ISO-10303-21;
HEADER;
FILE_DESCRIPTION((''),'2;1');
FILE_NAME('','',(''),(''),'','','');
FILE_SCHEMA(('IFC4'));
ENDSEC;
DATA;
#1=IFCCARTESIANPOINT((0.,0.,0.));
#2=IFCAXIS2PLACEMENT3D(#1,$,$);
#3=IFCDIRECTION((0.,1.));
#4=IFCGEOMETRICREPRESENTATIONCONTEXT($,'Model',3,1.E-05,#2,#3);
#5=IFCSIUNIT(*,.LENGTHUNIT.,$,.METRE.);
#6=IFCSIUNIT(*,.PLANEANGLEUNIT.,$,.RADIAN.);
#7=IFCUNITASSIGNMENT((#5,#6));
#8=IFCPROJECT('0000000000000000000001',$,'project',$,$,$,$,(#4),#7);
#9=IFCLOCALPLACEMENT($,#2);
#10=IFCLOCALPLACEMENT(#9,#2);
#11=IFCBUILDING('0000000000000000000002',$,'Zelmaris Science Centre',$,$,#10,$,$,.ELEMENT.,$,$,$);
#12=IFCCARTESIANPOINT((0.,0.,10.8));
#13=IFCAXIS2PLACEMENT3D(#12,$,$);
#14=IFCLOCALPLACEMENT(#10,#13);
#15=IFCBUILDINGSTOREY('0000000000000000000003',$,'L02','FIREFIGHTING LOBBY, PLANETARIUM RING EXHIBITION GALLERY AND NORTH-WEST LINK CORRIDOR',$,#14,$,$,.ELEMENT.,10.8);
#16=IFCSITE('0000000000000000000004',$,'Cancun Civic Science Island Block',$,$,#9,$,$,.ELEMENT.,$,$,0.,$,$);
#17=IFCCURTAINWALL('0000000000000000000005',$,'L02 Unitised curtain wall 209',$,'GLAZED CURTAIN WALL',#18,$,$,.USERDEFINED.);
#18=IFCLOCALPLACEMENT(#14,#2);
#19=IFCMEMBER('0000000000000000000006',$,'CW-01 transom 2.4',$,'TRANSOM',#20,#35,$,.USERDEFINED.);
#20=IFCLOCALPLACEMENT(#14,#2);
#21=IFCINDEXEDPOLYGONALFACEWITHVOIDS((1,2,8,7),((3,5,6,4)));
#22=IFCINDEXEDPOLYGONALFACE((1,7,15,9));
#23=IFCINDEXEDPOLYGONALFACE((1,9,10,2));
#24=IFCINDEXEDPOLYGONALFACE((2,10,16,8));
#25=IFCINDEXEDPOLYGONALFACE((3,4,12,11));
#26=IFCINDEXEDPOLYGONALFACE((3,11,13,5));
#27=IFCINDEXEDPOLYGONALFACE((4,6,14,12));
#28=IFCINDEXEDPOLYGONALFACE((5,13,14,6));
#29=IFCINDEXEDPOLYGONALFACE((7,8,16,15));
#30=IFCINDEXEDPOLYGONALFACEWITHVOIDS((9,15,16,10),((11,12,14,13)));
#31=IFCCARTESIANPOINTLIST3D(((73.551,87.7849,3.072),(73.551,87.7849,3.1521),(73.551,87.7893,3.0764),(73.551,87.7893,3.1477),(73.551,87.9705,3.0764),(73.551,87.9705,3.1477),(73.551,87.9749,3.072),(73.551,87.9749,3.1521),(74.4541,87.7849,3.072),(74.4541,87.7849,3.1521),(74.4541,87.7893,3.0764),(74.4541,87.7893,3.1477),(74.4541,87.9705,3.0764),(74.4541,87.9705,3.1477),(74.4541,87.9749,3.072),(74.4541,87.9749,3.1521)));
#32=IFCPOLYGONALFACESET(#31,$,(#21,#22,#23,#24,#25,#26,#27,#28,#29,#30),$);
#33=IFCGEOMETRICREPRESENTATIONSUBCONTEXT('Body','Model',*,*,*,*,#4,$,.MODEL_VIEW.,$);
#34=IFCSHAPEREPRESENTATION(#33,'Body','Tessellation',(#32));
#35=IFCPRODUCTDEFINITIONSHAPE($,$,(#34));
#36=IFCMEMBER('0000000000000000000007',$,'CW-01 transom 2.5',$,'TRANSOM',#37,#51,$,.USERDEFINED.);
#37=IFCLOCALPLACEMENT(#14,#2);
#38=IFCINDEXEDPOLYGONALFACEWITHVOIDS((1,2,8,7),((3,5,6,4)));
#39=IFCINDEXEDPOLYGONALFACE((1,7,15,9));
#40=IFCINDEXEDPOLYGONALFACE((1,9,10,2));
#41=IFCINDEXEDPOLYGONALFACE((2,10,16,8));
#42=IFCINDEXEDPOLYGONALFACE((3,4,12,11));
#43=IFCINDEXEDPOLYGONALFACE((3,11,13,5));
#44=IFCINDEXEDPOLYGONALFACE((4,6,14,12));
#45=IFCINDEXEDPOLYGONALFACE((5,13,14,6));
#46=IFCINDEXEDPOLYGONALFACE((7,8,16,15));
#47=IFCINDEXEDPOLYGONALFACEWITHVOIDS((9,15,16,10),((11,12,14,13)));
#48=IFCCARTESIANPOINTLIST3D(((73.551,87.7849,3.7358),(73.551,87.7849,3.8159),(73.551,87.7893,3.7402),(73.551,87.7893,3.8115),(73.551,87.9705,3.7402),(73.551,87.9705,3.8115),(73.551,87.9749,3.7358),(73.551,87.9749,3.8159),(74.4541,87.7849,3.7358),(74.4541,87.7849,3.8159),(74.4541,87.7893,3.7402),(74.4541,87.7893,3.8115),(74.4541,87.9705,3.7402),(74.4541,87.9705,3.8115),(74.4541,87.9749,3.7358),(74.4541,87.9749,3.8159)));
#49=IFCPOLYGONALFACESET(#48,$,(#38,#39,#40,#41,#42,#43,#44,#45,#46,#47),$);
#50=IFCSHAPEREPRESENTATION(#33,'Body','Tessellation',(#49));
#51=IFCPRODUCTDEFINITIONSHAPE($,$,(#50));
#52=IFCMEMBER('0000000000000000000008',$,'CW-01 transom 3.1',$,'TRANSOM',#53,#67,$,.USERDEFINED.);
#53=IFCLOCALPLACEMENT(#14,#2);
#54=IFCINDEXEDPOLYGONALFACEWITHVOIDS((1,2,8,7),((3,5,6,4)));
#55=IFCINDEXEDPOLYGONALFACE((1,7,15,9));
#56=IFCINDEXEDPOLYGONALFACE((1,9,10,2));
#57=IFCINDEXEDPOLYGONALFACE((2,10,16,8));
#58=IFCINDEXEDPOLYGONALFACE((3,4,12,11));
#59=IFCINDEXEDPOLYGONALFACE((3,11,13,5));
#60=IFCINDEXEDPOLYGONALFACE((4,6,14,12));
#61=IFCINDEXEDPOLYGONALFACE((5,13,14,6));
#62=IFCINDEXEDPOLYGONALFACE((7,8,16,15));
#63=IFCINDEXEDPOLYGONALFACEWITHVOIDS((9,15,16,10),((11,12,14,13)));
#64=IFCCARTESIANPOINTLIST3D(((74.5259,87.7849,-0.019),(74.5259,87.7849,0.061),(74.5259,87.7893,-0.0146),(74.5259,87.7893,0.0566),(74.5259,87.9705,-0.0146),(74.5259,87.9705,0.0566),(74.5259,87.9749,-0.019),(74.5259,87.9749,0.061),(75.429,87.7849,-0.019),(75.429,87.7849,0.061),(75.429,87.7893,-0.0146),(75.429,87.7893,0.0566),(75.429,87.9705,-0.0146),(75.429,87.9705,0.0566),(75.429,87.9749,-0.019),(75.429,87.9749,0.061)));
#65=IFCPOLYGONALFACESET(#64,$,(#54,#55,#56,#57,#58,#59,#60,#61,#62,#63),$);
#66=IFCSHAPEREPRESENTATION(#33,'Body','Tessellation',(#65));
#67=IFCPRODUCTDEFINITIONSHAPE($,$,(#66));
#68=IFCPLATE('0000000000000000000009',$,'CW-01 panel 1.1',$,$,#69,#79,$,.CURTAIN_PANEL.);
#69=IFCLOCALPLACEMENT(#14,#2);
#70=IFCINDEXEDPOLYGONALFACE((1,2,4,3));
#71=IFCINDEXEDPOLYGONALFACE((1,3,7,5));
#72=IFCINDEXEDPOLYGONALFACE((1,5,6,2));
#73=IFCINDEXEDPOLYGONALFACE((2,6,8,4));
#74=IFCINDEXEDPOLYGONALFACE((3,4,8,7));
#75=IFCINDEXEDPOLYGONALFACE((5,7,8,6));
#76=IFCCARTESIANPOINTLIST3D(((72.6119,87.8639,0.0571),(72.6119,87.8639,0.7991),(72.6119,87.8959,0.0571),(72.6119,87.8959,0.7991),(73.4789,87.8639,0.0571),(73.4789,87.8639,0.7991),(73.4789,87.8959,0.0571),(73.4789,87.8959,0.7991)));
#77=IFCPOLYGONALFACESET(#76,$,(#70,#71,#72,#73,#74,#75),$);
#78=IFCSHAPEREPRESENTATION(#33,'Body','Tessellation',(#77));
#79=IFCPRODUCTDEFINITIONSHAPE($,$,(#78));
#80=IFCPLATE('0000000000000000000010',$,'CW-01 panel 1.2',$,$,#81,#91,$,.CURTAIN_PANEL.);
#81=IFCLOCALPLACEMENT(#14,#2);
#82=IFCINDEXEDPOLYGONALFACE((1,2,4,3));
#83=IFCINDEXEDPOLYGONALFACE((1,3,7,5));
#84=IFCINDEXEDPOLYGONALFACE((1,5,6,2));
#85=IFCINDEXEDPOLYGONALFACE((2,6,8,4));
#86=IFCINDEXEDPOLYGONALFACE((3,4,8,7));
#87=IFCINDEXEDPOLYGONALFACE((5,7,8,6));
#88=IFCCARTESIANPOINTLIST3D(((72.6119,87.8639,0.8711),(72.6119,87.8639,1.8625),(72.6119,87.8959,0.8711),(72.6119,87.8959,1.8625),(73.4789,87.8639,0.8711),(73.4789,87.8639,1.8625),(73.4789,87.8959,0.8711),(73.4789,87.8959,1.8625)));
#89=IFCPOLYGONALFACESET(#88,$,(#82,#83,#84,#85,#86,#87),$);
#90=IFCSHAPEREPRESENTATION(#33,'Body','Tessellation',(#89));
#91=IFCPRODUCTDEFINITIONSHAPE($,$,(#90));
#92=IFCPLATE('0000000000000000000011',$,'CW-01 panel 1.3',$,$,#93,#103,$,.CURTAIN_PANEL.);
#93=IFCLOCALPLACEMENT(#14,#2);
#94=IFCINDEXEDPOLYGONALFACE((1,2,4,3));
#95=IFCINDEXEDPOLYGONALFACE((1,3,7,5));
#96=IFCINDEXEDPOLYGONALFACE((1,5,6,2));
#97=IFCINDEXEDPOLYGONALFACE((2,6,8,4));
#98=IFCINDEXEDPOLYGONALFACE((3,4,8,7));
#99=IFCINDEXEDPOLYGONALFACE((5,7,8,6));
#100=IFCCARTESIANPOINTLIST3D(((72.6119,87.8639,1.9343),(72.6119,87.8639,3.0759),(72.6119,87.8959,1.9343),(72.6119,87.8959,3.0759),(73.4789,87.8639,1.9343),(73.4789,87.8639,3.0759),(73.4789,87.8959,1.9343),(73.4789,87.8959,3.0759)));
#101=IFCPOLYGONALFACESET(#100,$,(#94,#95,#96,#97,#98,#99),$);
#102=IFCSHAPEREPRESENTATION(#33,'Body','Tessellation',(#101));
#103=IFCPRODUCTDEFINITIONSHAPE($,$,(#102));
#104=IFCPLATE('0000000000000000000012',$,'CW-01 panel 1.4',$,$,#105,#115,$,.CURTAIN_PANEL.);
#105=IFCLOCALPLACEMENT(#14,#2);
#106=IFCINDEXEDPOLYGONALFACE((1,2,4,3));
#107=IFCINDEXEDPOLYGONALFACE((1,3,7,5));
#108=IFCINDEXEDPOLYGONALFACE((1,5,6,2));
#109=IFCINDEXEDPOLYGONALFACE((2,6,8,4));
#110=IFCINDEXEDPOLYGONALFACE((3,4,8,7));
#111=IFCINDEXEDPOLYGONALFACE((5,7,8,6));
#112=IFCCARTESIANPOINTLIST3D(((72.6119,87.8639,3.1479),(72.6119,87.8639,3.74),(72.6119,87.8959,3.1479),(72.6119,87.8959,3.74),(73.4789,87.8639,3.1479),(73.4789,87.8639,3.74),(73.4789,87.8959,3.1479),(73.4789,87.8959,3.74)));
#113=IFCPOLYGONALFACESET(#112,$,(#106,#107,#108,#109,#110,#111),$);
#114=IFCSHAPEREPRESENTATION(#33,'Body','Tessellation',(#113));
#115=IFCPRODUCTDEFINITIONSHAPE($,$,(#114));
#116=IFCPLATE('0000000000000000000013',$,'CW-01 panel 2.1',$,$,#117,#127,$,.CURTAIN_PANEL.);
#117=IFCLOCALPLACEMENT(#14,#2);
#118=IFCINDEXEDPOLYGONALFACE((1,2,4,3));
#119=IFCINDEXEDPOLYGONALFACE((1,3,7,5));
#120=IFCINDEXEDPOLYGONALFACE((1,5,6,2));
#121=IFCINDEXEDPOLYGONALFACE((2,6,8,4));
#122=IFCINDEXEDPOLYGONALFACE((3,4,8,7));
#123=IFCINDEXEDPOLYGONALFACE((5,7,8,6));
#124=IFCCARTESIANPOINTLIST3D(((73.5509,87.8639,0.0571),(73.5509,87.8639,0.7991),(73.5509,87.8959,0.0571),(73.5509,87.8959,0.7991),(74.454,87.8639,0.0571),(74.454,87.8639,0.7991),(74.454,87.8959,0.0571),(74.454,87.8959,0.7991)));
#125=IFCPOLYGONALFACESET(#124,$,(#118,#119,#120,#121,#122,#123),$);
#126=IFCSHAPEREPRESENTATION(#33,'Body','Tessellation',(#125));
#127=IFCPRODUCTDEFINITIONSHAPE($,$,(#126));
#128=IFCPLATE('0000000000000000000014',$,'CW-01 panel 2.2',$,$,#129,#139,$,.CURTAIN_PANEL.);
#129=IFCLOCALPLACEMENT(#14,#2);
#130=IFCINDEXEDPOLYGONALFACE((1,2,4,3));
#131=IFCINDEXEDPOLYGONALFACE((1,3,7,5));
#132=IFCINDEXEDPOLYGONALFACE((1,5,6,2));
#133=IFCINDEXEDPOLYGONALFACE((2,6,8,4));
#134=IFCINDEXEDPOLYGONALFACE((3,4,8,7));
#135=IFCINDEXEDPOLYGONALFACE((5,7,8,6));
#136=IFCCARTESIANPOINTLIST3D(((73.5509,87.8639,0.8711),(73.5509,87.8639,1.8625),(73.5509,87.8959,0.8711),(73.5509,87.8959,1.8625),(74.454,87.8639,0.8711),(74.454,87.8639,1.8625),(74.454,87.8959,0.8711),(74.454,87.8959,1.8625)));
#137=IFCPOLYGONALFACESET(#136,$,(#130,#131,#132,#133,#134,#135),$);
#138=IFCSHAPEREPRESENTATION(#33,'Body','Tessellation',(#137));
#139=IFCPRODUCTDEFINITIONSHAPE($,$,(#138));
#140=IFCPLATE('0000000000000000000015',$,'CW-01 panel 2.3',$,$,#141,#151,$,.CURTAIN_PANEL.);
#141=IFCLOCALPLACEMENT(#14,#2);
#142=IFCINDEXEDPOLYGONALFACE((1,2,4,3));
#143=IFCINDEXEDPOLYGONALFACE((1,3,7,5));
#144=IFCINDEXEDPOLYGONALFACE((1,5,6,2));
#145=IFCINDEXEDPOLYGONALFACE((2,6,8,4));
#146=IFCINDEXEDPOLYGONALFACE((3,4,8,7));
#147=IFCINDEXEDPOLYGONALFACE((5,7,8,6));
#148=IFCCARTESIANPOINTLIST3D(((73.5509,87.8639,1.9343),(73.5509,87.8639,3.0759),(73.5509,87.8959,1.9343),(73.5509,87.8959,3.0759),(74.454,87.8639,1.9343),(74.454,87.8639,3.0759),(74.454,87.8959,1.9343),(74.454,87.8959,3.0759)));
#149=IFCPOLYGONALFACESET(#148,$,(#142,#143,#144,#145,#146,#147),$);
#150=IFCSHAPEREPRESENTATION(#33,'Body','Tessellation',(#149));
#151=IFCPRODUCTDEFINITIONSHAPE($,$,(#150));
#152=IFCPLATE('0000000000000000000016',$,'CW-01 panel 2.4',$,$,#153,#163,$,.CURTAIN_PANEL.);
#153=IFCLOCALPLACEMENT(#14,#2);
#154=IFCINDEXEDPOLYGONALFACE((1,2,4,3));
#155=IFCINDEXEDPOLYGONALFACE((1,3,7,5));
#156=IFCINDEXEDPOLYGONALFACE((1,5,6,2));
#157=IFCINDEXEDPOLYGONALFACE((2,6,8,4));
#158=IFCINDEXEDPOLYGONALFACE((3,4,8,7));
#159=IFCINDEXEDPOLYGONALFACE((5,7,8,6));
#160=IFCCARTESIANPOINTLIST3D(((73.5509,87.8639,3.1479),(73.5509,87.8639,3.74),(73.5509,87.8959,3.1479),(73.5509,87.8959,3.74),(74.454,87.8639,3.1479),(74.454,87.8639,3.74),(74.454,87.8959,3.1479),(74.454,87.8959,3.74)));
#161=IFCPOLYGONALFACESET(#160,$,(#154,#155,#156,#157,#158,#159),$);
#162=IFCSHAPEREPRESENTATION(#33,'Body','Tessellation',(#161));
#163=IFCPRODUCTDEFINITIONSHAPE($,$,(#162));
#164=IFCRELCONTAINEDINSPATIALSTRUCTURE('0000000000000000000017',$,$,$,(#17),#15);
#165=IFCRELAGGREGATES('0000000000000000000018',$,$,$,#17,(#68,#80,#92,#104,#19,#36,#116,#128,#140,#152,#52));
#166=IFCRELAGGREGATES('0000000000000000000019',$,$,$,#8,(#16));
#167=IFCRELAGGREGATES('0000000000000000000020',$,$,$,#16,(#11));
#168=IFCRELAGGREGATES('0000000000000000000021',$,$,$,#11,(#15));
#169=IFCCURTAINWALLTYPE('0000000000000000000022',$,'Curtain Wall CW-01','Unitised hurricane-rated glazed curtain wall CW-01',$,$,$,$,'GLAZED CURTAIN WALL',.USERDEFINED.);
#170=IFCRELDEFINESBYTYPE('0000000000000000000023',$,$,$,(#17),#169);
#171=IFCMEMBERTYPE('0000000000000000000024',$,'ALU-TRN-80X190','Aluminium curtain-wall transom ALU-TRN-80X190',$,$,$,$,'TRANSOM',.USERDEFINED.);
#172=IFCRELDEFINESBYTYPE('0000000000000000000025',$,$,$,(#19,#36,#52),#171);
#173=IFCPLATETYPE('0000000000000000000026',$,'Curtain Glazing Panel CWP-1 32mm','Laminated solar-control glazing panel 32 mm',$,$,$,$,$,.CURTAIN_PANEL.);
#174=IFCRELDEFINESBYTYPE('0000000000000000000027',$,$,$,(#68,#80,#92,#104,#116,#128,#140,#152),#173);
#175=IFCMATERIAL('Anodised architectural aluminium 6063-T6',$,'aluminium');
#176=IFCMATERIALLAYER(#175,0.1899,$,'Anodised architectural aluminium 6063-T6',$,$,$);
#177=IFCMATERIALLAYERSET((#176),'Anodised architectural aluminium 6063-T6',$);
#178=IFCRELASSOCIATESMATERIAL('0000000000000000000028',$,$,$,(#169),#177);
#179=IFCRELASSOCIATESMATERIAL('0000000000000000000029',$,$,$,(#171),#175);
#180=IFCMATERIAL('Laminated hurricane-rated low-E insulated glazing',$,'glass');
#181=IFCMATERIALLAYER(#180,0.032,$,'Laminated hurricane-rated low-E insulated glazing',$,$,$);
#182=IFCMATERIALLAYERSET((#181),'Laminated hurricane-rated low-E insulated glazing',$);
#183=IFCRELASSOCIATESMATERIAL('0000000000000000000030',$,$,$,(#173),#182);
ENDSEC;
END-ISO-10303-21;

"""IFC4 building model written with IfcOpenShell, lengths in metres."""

from ifc_helpers import new_model, si_unit, direction, frame, origin, origin_2d, place, context, subcontext, project, spatial, rectangle, hollow_rectangle, extrude, material, layer, layer_set, material_profile, profile_set, type_object, element, aggregate, save


model = new_model("IFC4")

# Units and contexts
model_context = context("Model", 3, precision=1e-05, world=origin(), true_north=direction((0.0, 1.0)))
body_context = subcontext(model_context, "Body", "Model", "MODEL_VIEW")
ifc_project = project(units=[si_unit("LENGTHUNIT", "METRE"), si_unit("PLANEANGLEUNIT", "RADIAN")], contexts=[model_context])

# Site, building, storey
site_placement = place(None, origin())
site = spatial("IfcSite", under=ifc_project, at=site_placement, Name="Cancun Civic Science Island Block", CompositionType="ELEMENT", RefElevation=0.0)
building_placement = place(site_placement, origin())
building = spatial("IfcBuilding", under=site, at=building_placement, Name="Zelmaris Science Centre", CompositionType="ELEMENT")
storey_placement = place(building_placement, frame((0.0, 0.0, 10.8)))
storey = spatial("IfcBuildingStorey", under=building, at=storey_placement, Name="L02", Description="FIREFIGHTING LOBBY, PLANETARIUM RING EXHIBITION GALLERY AND NORTH-WEST LINK CORRIDOR", CompositionType="ELEMENT", Elevation=10.8)

# Curtain wall, members, plates
ifc_material_1 = material(Name="Anodised architectural aluminium 6063-T6", Category="aluminium")
ifc_layer_1 = layer(ifc_material_1, 0.1899, Name="Anodised architectural aluminium 6063-T6")
ifc_layer_set_1 = layer_set([ifc_layer_1], Name="Anodised architectural aluminium 6063-T6")
curtain_wall_type = type_object("IfcCurtainWallType", Name="Curtain Wall CW-01", Description="Unitised hurricane-rated glazed curtain wall CW-01", ElementType="GLAZED CURTAIN WALL", PredefinedType="USERDEFINED", material=ifc_layer_set_1)
curtain_wall_placement = place(storey_placement, origin())
curtain_wall = element("IfcCurtainWall", 1, at=curtain_wall_placement, inside=storey, type_object=curtain_wall_type, Name="L02 Unitised curtain wall 209", ObjectType="GLAZED CURTAIN WALL", PredefinedType="USERDEFINED")
ifc_material_profile_1 = material_profile(ifc_material_1, hollow_rectangle(XDim=0.0801, YDim=0.1899, WallThickness=0.0044, at=origin_2d()), Name="ALU-TRN-80X190")
ifc_profile_set_1 = profile_set([ifc_material_profile_1], Name="Anodised architectural aluminium 6063-T6")
member_type_1 = type_object("IfcMemberType", Name="ALU-TRN-80X190", Description="Aluminium curtain-wall transom ALU-TRN-80X190", ElementType="TRANSOM", PredefinedType="USERDEFINED", material=ifc_profile_set_1)
member_1_placement = place(storey_placement, frame((73.551, 87.8799, 3.1121), z_axis=(1.0, 0.0, 0.0), x_axis=(0.0, 0.0, 1.0)))
member_1 = element("IfcMember", 2, at=member_1_placement, type_object=member_type_1, Name="CW-01 transom 2.4", ObjectType="TRANSOM", PredefinedType="USERDEFINED", context=body_context, shape_type="SweptSolid", body=[
    extrude(hollow_rectangle(XDim=0.0801, YDim=0.1899, WallThickness=0.0044, at=origin_2d()), origin(), (0.0, 0.0, 1.0), 0.9031),
])
member_2_placement = place(storey_placement, frame((73.551, 87.8799, 3.7759), z_axis=(1.0, 0.0, 0.0), x_axis=(0.0, 0.0, 1.0)))
member_2 = element("IfcMember", 3, at=member_2_placement, type_object=member_type_1, Name="CW-01 transom 2.5", ObjectType="TRANSOM", PredefinedType="USERDEFINED", context=body_context, shape_type="SweptSolid", body=[
    extrude(hollow_rectangle(XDim=0.0801, YDim=0.1899, WallThickness=0.0044, at=origin_2d()), origin(), (0.0, 0.0, 1.0), 0.9031),
])
member_3_placement = place(storey_placement, frame((74.5259, 87.8799, 0.021), z_axis=(1.0, 0.0, 0.0), x_axis=(0.0, 0.0, 1.0)))
member_3 = element("IfcMember", 4, at=member_3_placement, type_object=member_type_1, Name="CW-01 transom 3.1", ObjectType="TRANSOM", PredefinedType="USERDEFINED", context=body_context, shape_type="SweptSolid", body=[
    extrude(hollow_rectangle(XDim=0.0801, YDim=0.1899, WallThickness=0.0044, at=origin_2d()), origin(), (0.0, 0.0, 1.0), 0.9031),
])
ifc_material_2 = material(Name="Laminated hurricane-rated low-E insulated glazing", Category="glass")
ifc_layer_2 = layer(ifc_material_2, 0.032, Name="Laminated hurricane-rated low-E insulated glazing")
ifc_layer_set_2 = layer_set([ifc_layer_2], Name="Laminated hurricane-rated low-E insulated glazing")
plate_type = type_object("IfcPlateType", Name="Curtain Glazing Panel CWP-1 32mm", Description="Laminated solar-control glazing panel 32 mm", PredefinedType="CURTAIN_PANEL", material=ifc_layer_set_2)
plate_1_placement = place(storey_placement, frame((73.0454, 87.8799, 0.0571), z_axis=(0.0, 0.0, 1.0), x_axis=(1.0, 0.0, 0.0)))
plate_1 = element("IfcPlate", 5, at=plate_1_placement, type_object=plate_type, Name="CW-01 panel 1.1", PredefinedType="CURTAIN_PANEL", context=body_context, shape_type="SweptSolid", body=[
    extrude(rectangle(XDim=0.8669, YDim=0.032, at=origin_2d()), origin(), (0.0, 0.0, 1.0), 0.7419),
])
plate_2_placement = place(storey_placement, frame((73.0454, 87.8799, 0.8711), z_axis=(0.0, 0.0, 1.0), x_axis=(1.0, 0.0, 0.0)))
plate_2 = element("IfcPlate", 6, at=plate_2_placement, type_object=plate_type, Name="CW-01 panel 1.2", PredefinedType="CURTAIN_PANEL", context=body_context, shape_type="SweptSolid", body=[
    extrude(rectangle(XDim=0.8669, YDim=0.032, at=origin_2d()), origin(), (0.0, 0.0, 1.0), 0.9915),
])
plate_3_placement = place(storey_placement, frame((73.0454, 87.8799, 1.9343), z_axis=(0.0, 0.0, 1.0), x_axis=(1.0, 0.0, 0.0)))
plate_3 = element("IfcPlate", 7, at=plate_3_placement, type_object=plate_type, Name="CW-01 panel 1.3", PredefinedType="CURTAIN_PANEL", context=body_context, shape_type="SweptSolid", body=[
    extrude(rectangle(XDim=0.8669, YDim=0.032, at=origin_2d()), origin(), (0.0, 0.0, 1.0), 1.1416),
])
plate_4_placement = place(storey_placement, frame((73.0454, 87.8799, 3.1479), z_axis=(0.0, 0.0, 1.0), x_axis=(1.0, 0.0, 0.0)))
plate_4 = element("IfcPlate", 8, at=plate_4_placement, type_object=plate_type, Name="CW-01 panel 1.4", PredefinedType="CURTAIN_PANEL", context=body_context, shape_type="SweptSolid", body=[
    extrude(rectangle(XDim=0.8669, YDim=0.032, at=origin_2d()), origin(), (0.0, 0.0, 1.0), 0.592),
])
plate_5_placement = place(storey_placement, frame((74.0024, 87.8799, 0.0571), z_axis=(0.0, 0.0, 1.0), x_axis=(1.0, 0.0, 0.0)))
plate_5 = element("IfcPlate", 9, at=plate_5_placement, type_object=plate_type, Name="CW-01 panel 2.1", PredefinedType="CURTAIN_PANEL", context=body_context, shape_type="SweptSolid", body=[
    extrude(rectangle(XDim=0.9031, YDim=0.032, at=origin_2d()), origin(), (0.0, 0.0, 1.0), 0.7419),
])
plate_6_placement = place(storey_placement, frame((74.0024, 87.8799, 0.8711), z_axis=(0.0, 0.0, 1.0), x_axis=(1.0, 0.0, 0.0)))
plate_6 = element("IfcPlate", 10, at=plate_6_placement, type_object=plate_type, Name="CW-01 panel 2.2", PredefinedType="CURTAIN_PANEL", context=body_context, shape_type="SweptSolid", body=[
    extrude(rectangle(XDim=0.9031, YDim=0.032, at=origin_2d()), origin(), (0.0, 0.0, 1.0), 0.9915),
])
plate_7_placement = place(storey_placement, frame((74.0024, 87.8799, 1.9343), z_axis=(0.0, 0.0, 1.0), x_axis=(1.0, 0.0, 0.0)))
plate_7 = element("IfcPlate", 11, at=plate_7_placement, type_object=plate_type, Name="CW-01 panel 2.3", PredefinedType="CURTAIN_PANEL", context=body_context, shape_type="SweptSolid", body=[
    extrude(rectangle(XDim=0.9031, YDim=0.032, at=origin_2d()), origin(), (0.0, 0.0, 1.0), 1.1416),
])
plate_8_placement = place(storey_placement, frame((74.0024, 87.8799, 3.1479), z_axis=(0.0, 0.0, 1.0), x_axis=(1.0, 0.0, 0.0)))
plate_8 = element("IfcPlate", 12, at=plate_8_placement, type_object=plate_type, Name="CW-01 panel 2.4", PredefinedType="CURTAIN_PANEL", context=body_context, shape_type="SweptSolid", body=[
    extrude(rectangle(XDim=0.9031, YDim=0.032, at=origin_2d()), origin(), (0.0, 0.0, 1.0), 0.592),
])
aggregate(curtain_wall, [plate_1, plate_2, plate_3, plate_4, member_1, member_2, plate_5, plate_6, plate_7, plate_8, member_3])

save(model, "model.ifc")
